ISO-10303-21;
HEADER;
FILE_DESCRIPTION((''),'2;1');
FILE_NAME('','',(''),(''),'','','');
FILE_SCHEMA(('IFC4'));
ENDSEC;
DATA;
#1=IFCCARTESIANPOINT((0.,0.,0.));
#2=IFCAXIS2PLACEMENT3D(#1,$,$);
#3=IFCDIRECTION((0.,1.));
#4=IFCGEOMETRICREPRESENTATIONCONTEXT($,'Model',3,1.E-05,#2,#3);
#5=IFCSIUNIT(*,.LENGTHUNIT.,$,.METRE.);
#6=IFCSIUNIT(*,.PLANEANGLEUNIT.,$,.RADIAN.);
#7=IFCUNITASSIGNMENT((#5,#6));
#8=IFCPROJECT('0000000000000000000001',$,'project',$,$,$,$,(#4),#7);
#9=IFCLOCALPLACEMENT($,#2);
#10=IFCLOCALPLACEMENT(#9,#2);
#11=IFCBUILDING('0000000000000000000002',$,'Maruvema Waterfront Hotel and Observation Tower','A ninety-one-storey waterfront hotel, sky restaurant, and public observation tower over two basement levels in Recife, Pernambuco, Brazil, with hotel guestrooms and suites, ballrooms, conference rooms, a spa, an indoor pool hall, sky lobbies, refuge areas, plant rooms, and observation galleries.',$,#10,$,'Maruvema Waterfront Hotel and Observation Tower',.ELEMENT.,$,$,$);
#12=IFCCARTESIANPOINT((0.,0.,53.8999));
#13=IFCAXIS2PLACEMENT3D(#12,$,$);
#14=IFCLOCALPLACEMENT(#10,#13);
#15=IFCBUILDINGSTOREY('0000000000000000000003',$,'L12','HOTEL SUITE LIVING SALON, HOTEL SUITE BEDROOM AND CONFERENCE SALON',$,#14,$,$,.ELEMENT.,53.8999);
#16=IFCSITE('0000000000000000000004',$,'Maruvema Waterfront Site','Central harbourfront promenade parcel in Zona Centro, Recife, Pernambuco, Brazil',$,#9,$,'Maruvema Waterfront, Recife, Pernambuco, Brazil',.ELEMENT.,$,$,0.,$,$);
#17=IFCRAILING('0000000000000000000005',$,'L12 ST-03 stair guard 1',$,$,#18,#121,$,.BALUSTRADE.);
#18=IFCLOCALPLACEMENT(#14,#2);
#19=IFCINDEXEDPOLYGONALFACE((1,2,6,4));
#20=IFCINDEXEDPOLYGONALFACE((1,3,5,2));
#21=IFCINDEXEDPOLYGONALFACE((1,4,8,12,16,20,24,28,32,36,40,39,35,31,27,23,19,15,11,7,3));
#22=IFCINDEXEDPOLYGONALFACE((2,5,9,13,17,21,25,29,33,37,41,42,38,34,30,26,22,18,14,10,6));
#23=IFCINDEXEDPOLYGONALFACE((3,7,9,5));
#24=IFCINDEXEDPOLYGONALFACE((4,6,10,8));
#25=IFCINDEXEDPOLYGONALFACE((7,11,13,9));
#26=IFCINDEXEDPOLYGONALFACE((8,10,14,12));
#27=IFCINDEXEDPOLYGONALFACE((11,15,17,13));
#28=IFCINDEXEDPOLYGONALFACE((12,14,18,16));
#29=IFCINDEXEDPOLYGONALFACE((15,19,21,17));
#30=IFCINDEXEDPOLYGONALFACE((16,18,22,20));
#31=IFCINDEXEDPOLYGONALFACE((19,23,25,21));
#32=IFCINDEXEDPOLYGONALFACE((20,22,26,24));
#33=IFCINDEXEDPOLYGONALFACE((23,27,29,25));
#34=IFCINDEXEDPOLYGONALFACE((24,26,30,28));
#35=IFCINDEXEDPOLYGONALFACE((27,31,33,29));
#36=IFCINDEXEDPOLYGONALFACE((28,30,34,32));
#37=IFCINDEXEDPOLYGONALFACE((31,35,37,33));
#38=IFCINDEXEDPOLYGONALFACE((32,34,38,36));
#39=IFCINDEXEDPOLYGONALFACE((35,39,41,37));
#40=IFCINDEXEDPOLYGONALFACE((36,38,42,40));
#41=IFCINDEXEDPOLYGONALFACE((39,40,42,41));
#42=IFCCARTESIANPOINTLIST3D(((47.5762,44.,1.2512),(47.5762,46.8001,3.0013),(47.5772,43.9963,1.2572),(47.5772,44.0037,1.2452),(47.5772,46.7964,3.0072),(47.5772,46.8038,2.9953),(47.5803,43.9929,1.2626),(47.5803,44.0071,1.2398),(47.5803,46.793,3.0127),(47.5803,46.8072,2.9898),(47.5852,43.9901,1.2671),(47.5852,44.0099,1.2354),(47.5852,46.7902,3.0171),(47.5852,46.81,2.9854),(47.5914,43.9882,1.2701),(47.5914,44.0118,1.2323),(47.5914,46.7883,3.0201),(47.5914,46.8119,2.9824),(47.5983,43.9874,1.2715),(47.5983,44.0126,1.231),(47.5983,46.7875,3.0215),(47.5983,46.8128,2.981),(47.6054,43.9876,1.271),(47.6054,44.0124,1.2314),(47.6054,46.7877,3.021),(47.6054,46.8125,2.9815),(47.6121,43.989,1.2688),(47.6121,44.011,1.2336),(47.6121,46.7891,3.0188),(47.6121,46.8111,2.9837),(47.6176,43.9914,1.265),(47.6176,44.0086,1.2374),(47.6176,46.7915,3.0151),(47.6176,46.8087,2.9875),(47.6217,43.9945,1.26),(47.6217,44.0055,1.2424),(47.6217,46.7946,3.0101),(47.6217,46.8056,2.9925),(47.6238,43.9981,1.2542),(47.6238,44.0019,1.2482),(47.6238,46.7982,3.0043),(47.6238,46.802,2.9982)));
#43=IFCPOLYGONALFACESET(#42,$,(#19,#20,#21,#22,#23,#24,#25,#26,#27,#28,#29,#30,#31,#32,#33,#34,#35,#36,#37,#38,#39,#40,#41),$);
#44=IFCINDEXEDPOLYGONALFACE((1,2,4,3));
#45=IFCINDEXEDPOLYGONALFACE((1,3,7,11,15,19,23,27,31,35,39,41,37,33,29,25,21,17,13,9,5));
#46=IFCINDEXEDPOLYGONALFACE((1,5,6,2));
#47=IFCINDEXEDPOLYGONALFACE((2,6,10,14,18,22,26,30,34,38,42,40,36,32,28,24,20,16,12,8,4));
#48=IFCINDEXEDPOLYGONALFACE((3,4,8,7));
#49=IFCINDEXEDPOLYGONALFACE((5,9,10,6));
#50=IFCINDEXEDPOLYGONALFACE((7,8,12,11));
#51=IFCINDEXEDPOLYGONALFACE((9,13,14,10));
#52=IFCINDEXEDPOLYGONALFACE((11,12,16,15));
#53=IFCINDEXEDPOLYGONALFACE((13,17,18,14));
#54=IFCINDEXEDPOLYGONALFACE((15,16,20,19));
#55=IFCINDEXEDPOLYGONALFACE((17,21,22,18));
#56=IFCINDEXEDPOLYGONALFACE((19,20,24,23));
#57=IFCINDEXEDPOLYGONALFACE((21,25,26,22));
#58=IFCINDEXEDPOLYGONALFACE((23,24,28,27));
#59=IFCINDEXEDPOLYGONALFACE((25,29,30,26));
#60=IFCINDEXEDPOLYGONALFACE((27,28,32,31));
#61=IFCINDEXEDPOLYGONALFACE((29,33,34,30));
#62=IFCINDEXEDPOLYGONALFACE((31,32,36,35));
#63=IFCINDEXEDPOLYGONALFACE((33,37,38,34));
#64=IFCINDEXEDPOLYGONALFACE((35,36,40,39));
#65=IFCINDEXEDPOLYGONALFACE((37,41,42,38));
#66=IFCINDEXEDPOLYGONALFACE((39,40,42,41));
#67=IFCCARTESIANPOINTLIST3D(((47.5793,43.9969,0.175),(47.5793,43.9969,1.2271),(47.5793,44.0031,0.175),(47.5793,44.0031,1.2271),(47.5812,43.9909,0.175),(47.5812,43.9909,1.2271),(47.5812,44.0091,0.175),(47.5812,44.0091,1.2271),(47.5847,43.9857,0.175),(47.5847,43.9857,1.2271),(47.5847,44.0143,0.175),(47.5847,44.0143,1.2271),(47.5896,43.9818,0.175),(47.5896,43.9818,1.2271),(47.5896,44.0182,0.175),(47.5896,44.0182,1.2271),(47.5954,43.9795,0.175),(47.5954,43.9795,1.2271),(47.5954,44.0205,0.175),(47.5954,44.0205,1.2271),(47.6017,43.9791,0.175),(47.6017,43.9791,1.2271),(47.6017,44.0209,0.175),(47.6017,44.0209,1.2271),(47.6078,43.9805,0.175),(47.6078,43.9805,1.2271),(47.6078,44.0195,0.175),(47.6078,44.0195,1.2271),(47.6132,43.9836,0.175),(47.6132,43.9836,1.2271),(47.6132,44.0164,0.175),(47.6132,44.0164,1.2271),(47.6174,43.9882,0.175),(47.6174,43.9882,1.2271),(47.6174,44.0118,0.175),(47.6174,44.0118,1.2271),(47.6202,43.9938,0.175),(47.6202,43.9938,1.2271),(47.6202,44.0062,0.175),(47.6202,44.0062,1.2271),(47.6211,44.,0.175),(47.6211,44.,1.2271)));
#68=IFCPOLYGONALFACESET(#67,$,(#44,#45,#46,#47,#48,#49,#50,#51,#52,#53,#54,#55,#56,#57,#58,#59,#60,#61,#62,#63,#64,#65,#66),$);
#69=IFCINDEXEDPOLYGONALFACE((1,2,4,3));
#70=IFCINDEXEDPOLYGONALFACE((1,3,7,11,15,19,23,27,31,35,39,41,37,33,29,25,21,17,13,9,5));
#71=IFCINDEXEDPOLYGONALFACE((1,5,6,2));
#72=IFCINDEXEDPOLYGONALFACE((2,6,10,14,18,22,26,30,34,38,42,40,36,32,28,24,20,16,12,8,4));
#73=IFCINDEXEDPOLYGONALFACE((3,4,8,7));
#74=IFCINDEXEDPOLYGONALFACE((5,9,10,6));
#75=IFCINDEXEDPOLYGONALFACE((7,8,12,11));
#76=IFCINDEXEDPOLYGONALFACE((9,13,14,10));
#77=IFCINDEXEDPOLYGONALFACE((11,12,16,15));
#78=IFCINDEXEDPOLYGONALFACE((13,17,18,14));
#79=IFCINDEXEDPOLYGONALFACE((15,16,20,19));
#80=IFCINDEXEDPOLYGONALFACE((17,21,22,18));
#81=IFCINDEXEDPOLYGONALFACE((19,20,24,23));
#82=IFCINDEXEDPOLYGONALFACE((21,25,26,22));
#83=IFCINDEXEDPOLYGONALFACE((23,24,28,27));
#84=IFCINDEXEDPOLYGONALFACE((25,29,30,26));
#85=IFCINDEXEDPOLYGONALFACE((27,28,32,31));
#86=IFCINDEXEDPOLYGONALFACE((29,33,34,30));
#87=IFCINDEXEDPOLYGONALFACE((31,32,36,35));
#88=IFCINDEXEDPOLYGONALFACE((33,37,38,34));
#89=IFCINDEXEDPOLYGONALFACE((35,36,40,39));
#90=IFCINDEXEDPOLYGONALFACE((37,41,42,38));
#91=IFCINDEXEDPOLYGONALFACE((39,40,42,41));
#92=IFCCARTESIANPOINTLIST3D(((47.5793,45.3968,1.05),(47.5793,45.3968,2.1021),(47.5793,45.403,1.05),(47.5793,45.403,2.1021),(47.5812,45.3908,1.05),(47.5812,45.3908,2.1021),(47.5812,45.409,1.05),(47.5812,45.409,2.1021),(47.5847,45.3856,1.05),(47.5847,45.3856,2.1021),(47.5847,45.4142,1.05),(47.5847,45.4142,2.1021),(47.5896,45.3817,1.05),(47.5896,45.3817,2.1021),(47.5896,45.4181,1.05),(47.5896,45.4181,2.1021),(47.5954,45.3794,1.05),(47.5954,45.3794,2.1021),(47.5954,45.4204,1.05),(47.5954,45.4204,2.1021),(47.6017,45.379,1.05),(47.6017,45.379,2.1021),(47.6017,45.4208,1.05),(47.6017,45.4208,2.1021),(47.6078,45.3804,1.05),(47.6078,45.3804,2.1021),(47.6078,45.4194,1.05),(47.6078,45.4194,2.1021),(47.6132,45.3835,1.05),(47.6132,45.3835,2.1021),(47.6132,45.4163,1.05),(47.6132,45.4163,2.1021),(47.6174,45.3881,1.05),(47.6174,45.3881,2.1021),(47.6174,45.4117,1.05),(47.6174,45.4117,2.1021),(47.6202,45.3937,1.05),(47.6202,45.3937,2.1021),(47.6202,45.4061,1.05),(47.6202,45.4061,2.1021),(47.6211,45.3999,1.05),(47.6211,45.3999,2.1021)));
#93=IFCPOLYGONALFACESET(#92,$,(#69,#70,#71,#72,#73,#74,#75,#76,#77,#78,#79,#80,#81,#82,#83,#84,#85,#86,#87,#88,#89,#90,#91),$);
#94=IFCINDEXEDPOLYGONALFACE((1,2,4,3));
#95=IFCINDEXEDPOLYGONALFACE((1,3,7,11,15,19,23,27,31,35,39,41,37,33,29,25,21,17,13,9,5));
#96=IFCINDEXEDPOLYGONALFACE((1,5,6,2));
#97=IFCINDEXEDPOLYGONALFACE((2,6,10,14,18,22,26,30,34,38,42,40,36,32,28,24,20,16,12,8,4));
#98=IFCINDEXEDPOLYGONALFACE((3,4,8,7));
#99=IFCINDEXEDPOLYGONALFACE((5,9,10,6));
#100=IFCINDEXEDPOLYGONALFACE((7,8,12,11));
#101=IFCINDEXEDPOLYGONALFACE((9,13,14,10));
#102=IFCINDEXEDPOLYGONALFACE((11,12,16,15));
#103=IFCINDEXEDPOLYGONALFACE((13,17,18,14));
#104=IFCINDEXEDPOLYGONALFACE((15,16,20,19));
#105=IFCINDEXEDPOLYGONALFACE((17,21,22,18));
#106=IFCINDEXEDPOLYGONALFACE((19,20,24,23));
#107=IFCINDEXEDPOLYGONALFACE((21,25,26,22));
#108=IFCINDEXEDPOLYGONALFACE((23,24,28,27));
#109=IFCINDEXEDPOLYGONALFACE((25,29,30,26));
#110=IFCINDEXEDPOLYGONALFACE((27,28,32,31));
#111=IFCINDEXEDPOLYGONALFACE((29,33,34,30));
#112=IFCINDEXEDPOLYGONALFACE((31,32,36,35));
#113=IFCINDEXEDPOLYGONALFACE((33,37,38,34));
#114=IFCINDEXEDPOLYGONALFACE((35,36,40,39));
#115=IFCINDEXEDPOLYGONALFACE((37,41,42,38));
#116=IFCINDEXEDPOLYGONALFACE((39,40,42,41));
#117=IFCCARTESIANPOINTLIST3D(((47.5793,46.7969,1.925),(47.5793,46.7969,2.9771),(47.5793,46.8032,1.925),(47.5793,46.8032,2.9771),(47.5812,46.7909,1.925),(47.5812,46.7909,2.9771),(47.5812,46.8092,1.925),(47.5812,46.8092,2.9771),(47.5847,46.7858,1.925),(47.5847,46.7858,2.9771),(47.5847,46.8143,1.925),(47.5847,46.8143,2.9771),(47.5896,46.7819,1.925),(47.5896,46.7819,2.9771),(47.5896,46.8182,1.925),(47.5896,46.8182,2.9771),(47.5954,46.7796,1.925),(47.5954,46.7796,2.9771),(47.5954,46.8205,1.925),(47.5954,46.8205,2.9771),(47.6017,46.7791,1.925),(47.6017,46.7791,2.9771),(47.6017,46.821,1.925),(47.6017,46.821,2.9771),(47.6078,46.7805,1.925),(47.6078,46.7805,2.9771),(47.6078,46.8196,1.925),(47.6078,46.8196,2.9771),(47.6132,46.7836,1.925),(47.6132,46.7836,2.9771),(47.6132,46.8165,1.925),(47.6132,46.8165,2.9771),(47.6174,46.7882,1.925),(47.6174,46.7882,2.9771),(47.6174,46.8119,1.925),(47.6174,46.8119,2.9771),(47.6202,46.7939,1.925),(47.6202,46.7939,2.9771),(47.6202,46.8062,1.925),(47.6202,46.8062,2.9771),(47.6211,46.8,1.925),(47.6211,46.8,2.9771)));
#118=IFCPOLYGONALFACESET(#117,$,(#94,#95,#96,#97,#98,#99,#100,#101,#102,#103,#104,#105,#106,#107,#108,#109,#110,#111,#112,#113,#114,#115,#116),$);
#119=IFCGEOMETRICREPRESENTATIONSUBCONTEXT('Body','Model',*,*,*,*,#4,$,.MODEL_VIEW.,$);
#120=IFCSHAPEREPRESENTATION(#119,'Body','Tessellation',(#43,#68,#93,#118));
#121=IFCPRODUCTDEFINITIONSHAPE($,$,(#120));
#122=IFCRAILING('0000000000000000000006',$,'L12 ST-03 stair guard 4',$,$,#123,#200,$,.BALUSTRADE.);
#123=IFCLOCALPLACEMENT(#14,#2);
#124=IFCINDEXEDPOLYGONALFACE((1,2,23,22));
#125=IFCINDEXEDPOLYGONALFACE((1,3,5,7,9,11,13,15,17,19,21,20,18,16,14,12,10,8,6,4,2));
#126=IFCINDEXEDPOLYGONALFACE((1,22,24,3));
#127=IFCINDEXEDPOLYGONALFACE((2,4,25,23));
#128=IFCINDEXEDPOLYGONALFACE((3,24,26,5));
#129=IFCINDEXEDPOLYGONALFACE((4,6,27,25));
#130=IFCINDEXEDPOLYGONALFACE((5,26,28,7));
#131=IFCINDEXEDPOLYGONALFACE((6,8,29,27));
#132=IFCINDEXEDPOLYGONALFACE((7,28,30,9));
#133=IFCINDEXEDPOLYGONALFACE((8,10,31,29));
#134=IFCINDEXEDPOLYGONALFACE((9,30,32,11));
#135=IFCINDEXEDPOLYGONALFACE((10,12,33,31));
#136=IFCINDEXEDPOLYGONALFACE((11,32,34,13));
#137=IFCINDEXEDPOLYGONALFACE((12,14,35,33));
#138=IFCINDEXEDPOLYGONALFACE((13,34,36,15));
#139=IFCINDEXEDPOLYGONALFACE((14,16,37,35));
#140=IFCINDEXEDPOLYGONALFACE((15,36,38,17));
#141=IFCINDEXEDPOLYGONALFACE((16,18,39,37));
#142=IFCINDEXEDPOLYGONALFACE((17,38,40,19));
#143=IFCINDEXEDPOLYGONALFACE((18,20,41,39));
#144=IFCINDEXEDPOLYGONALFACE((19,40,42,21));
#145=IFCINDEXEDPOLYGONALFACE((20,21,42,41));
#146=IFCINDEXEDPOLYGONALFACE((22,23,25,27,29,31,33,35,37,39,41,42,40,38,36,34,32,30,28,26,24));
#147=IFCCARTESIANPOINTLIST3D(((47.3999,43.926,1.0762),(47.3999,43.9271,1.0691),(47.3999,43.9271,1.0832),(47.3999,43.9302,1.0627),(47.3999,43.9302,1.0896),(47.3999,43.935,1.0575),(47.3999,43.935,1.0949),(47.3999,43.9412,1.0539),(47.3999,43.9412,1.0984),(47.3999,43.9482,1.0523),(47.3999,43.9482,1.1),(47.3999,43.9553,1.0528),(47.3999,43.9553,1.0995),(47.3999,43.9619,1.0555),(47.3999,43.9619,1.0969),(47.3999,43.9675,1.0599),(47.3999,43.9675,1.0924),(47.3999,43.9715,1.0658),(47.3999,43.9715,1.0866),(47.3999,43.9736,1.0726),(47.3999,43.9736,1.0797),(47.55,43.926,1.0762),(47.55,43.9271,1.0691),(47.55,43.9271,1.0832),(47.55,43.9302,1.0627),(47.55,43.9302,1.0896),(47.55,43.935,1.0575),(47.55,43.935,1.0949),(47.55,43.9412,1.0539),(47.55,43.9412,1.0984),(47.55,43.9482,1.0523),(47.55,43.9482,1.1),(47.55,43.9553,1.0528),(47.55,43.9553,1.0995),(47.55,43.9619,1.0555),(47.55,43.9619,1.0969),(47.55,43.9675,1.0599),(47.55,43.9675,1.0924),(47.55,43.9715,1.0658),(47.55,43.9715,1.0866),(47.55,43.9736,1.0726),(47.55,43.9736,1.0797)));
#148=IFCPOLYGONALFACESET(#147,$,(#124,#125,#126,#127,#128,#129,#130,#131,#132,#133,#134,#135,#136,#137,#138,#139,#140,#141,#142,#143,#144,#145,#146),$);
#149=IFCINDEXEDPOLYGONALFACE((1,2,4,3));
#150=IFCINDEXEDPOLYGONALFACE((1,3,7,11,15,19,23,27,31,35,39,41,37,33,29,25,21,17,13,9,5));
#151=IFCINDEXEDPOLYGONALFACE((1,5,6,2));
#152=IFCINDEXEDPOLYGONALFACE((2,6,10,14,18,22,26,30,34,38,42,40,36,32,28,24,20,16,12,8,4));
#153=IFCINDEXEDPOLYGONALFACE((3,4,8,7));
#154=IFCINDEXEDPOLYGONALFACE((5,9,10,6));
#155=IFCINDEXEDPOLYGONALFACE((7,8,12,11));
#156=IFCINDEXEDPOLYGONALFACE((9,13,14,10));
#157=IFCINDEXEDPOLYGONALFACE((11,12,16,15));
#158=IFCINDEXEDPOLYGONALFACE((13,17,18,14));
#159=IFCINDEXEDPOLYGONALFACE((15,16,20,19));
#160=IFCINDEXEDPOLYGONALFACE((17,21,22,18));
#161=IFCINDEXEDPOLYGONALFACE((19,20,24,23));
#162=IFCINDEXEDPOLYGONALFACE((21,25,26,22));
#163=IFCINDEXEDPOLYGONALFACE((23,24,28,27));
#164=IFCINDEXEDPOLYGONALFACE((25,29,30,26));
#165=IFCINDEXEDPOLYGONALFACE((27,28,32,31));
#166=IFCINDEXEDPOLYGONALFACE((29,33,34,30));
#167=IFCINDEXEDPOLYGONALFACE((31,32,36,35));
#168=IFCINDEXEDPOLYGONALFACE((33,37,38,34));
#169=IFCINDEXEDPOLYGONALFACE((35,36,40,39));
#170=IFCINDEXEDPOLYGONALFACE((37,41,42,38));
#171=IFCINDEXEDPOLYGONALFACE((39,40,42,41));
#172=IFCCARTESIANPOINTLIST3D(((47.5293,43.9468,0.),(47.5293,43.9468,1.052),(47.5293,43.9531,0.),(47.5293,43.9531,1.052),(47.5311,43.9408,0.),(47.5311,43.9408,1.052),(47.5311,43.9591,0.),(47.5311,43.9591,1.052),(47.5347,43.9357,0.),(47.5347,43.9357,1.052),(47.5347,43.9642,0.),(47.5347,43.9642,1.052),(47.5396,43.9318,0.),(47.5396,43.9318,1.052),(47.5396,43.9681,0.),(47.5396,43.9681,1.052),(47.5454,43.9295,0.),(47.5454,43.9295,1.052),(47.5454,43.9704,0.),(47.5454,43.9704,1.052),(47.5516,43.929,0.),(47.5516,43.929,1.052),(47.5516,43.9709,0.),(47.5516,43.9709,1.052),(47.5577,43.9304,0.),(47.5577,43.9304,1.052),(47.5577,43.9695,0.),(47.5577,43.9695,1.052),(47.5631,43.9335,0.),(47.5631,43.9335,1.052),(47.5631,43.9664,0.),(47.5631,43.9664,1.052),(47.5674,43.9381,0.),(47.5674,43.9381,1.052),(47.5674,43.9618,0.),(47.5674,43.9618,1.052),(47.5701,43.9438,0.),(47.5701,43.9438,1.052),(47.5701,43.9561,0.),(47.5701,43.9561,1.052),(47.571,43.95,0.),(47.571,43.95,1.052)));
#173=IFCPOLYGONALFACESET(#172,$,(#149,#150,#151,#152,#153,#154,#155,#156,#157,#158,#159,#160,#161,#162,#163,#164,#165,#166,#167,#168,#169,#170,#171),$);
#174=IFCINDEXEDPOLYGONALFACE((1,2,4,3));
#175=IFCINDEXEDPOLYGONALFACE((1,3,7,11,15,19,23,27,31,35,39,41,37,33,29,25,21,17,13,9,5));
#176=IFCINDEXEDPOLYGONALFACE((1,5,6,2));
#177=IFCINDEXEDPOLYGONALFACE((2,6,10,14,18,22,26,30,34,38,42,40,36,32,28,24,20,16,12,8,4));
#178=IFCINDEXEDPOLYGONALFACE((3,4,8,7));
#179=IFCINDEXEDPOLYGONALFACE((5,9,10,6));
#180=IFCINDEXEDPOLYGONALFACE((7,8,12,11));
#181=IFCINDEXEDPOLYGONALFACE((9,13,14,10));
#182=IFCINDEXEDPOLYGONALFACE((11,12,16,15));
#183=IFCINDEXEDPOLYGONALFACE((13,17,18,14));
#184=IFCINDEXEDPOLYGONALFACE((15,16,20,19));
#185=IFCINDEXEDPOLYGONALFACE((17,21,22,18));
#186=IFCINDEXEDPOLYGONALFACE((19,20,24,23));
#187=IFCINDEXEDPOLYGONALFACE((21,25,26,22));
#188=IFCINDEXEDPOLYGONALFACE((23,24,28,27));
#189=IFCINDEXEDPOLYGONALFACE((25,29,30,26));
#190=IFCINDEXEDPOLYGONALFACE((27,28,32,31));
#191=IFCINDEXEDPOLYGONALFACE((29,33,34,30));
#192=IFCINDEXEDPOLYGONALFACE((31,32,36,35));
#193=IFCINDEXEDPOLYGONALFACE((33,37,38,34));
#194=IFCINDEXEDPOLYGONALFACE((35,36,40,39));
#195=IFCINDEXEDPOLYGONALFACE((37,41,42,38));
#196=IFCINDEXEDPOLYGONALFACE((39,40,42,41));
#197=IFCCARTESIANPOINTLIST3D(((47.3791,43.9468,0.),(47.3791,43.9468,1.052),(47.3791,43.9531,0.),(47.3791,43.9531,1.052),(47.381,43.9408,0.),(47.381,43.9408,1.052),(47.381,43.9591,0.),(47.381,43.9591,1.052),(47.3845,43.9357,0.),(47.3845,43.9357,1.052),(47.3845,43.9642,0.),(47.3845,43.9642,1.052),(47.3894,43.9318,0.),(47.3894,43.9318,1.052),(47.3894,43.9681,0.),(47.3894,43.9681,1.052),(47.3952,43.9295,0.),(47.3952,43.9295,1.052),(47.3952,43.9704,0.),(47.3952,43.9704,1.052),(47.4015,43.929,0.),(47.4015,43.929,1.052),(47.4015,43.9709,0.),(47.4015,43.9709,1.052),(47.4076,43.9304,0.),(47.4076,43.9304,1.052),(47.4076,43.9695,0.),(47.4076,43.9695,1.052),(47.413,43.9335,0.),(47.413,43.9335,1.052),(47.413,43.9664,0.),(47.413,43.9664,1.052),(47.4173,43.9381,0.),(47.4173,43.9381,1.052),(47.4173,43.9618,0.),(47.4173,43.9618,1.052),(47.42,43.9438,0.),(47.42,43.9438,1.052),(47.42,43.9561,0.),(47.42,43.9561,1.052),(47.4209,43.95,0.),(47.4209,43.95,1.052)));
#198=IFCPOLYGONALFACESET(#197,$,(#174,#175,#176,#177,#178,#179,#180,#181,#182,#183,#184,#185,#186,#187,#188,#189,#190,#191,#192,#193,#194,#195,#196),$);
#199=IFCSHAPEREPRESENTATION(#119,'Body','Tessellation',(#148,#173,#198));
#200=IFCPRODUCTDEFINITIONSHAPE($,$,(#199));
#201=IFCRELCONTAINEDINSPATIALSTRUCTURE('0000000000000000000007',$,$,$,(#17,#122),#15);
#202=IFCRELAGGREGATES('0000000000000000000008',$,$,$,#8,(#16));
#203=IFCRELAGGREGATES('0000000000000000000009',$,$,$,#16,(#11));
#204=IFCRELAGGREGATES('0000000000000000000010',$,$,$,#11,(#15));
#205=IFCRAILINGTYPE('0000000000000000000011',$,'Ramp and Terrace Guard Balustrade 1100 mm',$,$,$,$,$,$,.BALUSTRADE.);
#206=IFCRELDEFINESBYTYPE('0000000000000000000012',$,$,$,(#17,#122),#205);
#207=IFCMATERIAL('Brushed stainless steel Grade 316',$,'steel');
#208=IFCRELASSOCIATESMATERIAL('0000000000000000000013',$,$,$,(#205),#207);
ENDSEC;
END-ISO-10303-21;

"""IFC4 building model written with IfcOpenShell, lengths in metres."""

from ifc_helpers import new_model, si_unit, direction, frame, origin, origin_2d, place, context, subcontext, project, spatial, circle, extrude, material, type_object, element, save


model = new_model("IFC4")

# Units and contexts
model_context = context("Model", 3, precision=1e-05, world=origin(), true_north=direction((0.0, 1.0)))
body_context = subcontext(model_context, "Body", "Model", "MODEL_VIEW")
ifc_project = project(units=[si_unit("LENGTHUNIT", "METRE"), si_unit("PLANEANGLEUNIT", "RADIAN")], contexts=[model_context])

# Site, building, storey
site_placement = place(None, origin())
site = spatial("IfcSite", under=ifc_project, at=site_placement, Name="Maruvema Waterfront Site", Description="Central harbourfront promenade parcel in Zona Centro, Recife, Pernambuco, Brazil", LongName="Maruvema Waterfront, Recife, Pernambuco, Brazil", CompositionType="ELEMENT", RefElevation=0.0)
building_placement = place(site_placement, origin())
building = spatial("IfcBuilding", under=site, at=building_placement, Name="Maruvema Waterfront Hotel and Observation Tower", Description="A ninety-one-storey waterfront hotel, sky restaurant, and public observation tower over two basement levels in Recife, Pernambuco, Brazil, with hotel guestrooms and suites, ballrooms, conference rooms, a spa, an indoor pool hall, sky lobbies, refuge areas, plant rooms, and observation galleries.", LongName="Maruvema Waterfront Hotel and Observation Tower", CompositionType="ELEMENT")
storey_placement = place(building_placement, frame((0.0, 0.0, 53.8999)))
storey = spatial("IfcBuildingStorey", under=building, at=storey_placement, Name="L12", Description="HOTEL SUITE LIVING SALON, HOTEL SUITE BEDROOM AND CONFERENCE SALON", CompositionType="ELEMENT", Elevation=53.8999)

# Railings
ifc_material_1 = material(Name="Brushed stainless steel Grade 316", Category="steel")
railing_type_1 = type_object("IfcRailingType", Name="Ramp and Terrace Guard Balustrade 1100 mm", PredefinedType="BALUSTRADE", material=ifc_material_1)
railing_1_placement = place(storey_placement, frame((47.6001, 44.0, 0.175)))
element("IfcRailing", 1, at=railing_1_placement, inside=storey, type_object=railing_type_1, Name="L12 ST-03 stair guard 1", PredefinedType="BALUSTRADE", context=body_context, shape_type="SweptSolid", body=[
    extrude(circle(Radius=0.0239, at=origin_2d()), frame((0.0, 0.0, 1.0762), z_axis=(0.0, 0.848002, 0.529992), x_axis=(-1.0, 0.0, 0.0)), (0.0, 0.0, 1.0), 3.302),
    extrude(circle(Radius=0.021, at=origin_2d()), origin(), (0.0, 0.0, 1.0), 1.052),
    extrude(circle(Radius=0.021, at=origin_2d()), frame((0.0, 1.3999, 0.875)), (0.0, 0.0, 1.0), 1.052),
    extrude(circle(Radius=0.021, at=origin_2d()), frame((0.0, 2.8, 1.75)), (0.0, 0.0, 1.0), 1.052),
])
railing_2_placement = place(storey_placement, frame((47.55, 43.95, 0.0)))
element("IfcRailing", 2, at=railing_2_placement, inside=storey, type_object=railing_type_1, Name="L12 ST-03 stair guard 4", PredefinedType="BALUSTRADE", context=body_context, shape_type="SweptSolid", body=[
    extrude(circle(Radius=0.0239, at=origin_2d()), frame((0.0, 0.0, 1.0762), z_axis=(-1.0, 0.0, 0.0), x_axis=(0.0, -1.0, 0.0)), (0.0, 0.0, 1.0), 0.1501),
    extrude(circle(Radius=0.021, at=origin_2d()), origin(), (0.0, 0.0, 1.0), 1.052),
    extrude(circle(Radius=0.021, at=origin_2d()), frame((-0.1501, 0.0, 0.0)), (0.0, 0.0, 1.0), 1.052),
])

save(model, "model.ifc")
